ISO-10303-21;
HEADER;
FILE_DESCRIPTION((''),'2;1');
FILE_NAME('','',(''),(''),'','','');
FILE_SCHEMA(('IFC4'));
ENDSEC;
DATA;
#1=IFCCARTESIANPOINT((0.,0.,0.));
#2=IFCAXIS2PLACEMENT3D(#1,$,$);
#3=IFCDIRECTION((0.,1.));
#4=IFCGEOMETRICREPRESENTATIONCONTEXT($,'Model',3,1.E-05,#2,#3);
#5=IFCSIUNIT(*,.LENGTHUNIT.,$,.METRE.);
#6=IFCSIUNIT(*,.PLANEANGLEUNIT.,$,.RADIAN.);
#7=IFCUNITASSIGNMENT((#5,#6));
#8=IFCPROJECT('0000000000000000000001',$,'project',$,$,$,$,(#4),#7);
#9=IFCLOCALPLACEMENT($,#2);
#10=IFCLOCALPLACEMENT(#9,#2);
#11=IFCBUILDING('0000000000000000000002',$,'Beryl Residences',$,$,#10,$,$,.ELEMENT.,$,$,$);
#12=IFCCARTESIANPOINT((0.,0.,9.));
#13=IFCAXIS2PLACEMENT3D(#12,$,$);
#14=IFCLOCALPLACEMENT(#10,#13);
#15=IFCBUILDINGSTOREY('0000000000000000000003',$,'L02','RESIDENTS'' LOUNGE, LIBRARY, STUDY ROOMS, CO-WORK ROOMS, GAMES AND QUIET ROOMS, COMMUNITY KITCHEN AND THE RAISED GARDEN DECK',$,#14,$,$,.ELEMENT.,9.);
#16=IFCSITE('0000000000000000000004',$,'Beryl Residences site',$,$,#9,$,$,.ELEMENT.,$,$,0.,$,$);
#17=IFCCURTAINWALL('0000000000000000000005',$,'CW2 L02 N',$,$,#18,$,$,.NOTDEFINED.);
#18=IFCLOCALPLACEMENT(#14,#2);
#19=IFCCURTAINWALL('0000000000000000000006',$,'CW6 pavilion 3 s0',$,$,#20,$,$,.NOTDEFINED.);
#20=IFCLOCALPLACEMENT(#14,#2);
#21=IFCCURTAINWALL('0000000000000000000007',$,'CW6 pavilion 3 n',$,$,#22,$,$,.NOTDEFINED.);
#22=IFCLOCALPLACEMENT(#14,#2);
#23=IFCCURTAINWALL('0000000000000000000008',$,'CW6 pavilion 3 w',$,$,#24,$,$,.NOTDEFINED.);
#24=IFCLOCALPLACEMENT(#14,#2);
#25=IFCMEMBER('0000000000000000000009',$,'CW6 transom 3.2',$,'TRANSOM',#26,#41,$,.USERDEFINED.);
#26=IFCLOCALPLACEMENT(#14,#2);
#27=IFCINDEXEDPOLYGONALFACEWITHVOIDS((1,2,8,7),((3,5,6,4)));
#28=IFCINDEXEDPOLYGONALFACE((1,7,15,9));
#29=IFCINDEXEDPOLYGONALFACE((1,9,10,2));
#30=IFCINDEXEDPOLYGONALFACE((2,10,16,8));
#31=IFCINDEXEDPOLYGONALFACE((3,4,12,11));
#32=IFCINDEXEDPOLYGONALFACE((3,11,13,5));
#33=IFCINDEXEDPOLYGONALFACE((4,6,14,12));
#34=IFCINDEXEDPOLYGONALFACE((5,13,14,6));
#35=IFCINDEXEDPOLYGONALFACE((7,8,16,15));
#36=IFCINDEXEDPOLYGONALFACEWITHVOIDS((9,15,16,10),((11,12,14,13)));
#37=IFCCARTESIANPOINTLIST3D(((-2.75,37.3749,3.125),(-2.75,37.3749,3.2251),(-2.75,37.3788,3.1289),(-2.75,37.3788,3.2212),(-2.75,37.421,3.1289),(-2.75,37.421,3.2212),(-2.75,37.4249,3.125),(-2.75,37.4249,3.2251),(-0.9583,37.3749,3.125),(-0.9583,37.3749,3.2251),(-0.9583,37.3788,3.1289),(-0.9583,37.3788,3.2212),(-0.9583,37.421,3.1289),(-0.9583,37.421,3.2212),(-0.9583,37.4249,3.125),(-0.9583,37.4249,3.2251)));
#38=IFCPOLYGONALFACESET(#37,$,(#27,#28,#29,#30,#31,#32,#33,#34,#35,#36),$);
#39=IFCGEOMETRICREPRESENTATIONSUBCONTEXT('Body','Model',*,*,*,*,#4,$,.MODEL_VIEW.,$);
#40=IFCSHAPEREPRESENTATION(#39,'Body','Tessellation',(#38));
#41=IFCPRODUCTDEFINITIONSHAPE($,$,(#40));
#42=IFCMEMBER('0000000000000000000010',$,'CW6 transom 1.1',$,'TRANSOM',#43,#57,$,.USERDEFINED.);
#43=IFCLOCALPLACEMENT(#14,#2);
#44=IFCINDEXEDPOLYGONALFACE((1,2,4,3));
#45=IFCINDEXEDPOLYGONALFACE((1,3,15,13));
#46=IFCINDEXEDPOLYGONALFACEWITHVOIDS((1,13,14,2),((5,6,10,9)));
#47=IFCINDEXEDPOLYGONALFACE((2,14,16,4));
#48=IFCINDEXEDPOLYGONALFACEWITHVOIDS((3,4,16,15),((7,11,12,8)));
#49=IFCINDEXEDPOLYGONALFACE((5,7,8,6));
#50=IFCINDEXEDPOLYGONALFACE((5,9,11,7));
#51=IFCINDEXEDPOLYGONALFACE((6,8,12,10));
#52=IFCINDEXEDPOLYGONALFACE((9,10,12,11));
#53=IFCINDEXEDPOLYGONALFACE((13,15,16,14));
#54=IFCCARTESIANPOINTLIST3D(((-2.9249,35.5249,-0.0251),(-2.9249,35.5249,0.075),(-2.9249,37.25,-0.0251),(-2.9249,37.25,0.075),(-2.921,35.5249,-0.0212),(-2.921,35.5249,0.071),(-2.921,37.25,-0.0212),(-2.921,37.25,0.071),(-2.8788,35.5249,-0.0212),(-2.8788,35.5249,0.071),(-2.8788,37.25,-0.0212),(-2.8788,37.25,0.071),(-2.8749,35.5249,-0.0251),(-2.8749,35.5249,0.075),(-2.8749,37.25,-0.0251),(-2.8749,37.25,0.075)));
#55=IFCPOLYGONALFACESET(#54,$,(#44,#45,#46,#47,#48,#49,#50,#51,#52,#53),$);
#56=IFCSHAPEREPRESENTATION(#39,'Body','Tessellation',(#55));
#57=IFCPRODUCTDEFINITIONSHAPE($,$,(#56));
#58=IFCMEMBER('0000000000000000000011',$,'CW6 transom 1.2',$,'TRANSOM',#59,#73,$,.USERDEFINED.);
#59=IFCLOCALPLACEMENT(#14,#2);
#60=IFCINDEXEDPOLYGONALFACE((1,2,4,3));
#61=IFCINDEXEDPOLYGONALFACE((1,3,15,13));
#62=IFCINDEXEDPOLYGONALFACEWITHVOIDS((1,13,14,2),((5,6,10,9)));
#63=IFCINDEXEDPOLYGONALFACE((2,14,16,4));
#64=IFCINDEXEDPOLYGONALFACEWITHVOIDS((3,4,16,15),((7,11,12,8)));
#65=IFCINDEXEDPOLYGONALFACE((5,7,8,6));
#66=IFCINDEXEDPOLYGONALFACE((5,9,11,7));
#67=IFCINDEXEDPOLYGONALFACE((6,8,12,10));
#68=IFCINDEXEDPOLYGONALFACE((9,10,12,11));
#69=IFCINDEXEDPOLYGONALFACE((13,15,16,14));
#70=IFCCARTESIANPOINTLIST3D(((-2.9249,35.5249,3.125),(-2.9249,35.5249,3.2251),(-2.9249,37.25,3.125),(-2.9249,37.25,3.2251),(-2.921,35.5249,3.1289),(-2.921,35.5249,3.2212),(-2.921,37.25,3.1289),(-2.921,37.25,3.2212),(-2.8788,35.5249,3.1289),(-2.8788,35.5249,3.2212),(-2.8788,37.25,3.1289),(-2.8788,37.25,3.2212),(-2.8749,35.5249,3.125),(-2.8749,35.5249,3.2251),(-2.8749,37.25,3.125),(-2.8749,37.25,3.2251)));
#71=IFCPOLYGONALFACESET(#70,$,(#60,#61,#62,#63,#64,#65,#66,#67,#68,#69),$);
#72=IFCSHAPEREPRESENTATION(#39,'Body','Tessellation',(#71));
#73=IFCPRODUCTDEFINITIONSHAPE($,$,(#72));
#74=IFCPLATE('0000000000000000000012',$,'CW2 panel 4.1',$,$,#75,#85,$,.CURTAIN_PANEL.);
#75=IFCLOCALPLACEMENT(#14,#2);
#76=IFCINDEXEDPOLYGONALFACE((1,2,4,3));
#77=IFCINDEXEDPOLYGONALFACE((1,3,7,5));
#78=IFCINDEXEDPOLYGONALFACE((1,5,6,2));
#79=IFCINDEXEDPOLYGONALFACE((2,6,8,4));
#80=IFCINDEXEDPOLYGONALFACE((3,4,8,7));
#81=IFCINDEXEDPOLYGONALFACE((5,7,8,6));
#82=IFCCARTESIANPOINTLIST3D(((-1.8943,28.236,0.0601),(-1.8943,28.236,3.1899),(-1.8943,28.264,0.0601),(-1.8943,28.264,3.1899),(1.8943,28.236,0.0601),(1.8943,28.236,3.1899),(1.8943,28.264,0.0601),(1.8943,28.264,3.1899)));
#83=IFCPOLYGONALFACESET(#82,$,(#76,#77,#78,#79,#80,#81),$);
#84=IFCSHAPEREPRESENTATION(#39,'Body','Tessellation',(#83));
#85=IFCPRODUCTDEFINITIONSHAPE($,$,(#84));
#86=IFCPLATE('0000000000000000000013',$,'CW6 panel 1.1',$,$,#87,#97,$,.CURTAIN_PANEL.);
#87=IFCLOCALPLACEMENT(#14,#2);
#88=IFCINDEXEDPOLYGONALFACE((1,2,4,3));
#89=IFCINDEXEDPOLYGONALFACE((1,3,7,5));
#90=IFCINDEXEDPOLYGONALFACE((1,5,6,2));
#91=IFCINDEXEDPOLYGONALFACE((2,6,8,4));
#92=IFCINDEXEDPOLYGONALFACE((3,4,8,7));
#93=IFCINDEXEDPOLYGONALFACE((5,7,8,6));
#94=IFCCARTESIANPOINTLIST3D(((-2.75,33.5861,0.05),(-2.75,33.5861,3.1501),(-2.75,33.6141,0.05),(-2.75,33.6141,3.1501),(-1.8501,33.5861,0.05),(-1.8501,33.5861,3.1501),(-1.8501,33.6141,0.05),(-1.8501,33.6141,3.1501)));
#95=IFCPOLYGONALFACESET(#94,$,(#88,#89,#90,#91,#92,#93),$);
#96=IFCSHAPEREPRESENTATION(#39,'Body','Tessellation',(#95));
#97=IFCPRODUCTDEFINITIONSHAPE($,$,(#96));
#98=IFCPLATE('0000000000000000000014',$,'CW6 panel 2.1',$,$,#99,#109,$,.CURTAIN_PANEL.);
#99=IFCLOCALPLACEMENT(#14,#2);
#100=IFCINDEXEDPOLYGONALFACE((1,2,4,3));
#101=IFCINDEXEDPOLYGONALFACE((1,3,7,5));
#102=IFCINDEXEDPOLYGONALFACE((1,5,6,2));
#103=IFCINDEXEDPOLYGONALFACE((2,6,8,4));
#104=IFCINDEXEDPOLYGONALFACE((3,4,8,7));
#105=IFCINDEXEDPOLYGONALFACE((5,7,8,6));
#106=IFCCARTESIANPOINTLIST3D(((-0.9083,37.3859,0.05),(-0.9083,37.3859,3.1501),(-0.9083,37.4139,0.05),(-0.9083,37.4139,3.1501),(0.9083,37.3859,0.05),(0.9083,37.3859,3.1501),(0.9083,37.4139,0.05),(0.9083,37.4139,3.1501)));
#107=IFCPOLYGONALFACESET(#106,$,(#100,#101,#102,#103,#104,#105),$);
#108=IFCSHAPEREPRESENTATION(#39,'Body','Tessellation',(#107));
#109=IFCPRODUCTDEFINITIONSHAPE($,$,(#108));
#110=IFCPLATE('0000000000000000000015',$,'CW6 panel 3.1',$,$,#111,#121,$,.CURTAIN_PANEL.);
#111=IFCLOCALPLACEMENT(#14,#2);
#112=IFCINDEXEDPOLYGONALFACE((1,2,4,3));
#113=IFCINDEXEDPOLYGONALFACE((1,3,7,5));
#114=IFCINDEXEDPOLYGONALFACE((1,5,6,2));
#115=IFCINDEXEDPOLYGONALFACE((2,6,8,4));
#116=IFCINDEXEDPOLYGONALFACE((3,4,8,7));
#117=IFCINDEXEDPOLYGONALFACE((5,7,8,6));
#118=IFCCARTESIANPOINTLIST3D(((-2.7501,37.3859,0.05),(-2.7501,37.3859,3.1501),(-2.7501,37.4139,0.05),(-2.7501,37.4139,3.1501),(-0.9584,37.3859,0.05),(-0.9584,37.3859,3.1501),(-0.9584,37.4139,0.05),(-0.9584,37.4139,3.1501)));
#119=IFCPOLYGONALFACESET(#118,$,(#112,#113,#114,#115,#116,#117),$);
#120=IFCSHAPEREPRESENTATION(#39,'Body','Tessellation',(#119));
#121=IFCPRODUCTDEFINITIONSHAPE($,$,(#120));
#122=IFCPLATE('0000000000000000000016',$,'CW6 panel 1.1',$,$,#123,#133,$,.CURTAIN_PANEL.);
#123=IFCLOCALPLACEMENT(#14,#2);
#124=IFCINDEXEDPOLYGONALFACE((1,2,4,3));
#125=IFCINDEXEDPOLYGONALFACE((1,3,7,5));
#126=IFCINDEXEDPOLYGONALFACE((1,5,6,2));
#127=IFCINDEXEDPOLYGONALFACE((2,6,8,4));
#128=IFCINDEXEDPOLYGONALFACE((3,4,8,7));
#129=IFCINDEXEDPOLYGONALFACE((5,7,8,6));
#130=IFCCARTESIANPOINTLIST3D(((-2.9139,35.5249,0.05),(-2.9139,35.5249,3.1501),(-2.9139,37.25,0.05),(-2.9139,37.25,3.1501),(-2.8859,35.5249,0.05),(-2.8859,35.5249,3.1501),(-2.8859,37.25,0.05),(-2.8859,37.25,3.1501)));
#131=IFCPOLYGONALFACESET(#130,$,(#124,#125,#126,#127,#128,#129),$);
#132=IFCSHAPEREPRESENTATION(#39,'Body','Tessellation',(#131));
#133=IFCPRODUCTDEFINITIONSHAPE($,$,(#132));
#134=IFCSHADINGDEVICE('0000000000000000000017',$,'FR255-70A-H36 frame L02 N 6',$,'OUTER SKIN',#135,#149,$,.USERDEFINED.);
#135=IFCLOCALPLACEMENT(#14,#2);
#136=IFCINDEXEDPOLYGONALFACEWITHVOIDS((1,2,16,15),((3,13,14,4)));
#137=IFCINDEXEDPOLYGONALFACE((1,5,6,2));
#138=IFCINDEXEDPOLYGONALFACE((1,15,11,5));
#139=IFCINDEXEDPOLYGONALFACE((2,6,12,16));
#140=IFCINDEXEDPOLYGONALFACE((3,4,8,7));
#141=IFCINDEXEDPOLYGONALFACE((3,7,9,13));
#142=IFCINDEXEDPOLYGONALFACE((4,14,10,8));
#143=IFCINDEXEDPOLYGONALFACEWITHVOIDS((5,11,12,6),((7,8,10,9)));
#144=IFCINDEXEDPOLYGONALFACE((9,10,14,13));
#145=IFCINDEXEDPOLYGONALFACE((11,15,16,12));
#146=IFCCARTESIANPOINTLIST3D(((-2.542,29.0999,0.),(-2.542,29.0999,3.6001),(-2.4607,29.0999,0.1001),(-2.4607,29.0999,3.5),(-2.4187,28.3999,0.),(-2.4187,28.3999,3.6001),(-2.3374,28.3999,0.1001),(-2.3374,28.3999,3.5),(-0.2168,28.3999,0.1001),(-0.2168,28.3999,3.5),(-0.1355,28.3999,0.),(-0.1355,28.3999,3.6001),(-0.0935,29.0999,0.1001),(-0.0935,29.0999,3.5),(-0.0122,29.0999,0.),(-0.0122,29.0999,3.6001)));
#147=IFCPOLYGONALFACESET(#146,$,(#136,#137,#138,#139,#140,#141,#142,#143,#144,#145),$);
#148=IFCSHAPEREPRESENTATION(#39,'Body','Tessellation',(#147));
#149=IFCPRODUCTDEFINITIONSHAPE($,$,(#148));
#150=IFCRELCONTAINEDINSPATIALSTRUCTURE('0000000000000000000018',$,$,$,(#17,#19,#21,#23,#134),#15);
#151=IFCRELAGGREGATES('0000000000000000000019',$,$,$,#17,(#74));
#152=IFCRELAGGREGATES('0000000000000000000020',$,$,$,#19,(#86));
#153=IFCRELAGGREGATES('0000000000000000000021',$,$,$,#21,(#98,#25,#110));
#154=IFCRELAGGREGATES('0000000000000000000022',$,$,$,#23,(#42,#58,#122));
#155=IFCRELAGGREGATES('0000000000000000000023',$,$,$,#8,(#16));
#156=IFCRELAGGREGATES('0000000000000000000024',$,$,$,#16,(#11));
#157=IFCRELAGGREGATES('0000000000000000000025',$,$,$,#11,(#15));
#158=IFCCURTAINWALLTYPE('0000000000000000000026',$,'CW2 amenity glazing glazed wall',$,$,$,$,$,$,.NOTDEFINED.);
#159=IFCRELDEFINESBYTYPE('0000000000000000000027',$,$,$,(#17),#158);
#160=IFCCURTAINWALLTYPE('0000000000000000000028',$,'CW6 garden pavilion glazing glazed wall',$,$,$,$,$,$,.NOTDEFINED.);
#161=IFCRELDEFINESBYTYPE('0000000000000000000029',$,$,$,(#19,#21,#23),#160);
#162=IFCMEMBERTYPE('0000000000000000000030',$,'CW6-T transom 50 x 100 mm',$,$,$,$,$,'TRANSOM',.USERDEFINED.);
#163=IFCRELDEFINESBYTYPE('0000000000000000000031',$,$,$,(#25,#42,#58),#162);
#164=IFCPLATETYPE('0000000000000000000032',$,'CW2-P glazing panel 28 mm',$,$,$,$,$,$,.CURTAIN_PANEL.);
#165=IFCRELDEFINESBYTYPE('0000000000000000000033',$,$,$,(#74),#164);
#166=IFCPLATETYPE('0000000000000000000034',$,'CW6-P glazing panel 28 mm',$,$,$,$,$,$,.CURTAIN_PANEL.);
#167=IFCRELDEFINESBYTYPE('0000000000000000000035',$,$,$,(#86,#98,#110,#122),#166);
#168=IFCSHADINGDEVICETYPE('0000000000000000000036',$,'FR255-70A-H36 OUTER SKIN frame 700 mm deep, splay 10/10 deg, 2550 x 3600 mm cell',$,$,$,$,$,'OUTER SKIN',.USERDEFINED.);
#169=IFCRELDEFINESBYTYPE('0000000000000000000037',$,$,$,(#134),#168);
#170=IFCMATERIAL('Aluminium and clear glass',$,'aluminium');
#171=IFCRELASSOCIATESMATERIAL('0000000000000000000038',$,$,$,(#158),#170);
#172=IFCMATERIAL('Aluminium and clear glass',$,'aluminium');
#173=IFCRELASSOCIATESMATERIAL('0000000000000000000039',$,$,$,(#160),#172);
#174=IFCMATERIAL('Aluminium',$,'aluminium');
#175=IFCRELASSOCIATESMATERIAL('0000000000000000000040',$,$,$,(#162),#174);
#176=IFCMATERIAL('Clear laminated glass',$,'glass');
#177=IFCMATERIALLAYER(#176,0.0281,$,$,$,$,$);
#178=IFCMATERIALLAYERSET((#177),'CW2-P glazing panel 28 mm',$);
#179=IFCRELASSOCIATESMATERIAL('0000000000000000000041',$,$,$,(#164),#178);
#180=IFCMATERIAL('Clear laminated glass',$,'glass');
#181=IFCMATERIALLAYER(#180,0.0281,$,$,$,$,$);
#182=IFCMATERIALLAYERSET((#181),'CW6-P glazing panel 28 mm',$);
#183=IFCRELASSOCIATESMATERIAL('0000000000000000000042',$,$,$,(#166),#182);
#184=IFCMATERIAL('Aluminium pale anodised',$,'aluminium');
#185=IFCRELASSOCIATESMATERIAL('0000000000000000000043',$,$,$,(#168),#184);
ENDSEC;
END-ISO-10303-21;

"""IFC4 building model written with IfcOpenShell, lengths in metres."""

from ifc_helpers import new_model, entity, si_unit, direction, frame, origin, origin_2d, place, context, subcontext, project, spatial, rectangle, hollow_rectangle, extrude, source, transform, mapped, material, layer, layer_set, material_profile, profile_set, type_object, type_shapes, element, aggregate, save


model = new_model("IFC4")

# Units and contexts
model_context = context("Model", 3, precision=1e-05, world=origin(), true_north=direction((0.0, 1.0)))
body_context = subcontext(model_context, "Body", "Model", "MODEL_VIEW")
ifc_project = project(units=[si_unit("LENGTHUNIT", "METRE"), si_unit("PLANEANGLEUNIT", "RADIAN")], contexts=[model_context])

# Site, building, storey
site_placement = place(None, origin())
site = spatial("IfcSite", under=ifc_project, at=site_placement, Name="Beryl Residences site", CompositionType="ELEMENT", RefElevation=0.0)
building_placement = place(site_placement, origin())
building = spatial("IfcBuilding", under=site, at=building_placement, Name="Beryl Residences", CompositionType="ELEMENT")
storey_placement = place(building_placement, frame((0.0, 0.0, 9.0)))
storey = spatial("IfcBuildingStorey", under=building, at=storey_placement, Name="L02", Description="RESIDENTS' LOUNGE, LIBRARY, STUDY ROOMS, CO-WORK ROOMS, GAMES AND QUIET ROOMS, COMMUNITY KITCHEN AND THE RAISED GARDEN DECK", CompositionType="ELEMENT", Elevation=9.0)

# Curtain walls
ifc_material_1 = material(Name="Aluminium and clear glass", Category="aluminium")
curtain_wall_type_1 = type_object("IfcCurtainWallType", Name="CW2 amenity glazing glazed wall", PredefinedType="NOTDEFINED", material=ifc_material_1)
curtain_wall_1_placement = place(storey_placement, origin())
curtain_wall_1 = element("IfcCurtainWall", 1, at=curtain_wall_1_placement, inside=storey, type_object=curtain_wall_type_1, Name="CW2 L02 N", PredefinedType="NOTDEFINED")
ifc_material_2 = material(Name="Aluminium and clear glass", Category="aluminium")
curtain_wall_type_2 = type_object("IfcCurtainWallType", Name="CW6 garden pavilion glazing glazed wall", PredefinedType="NOTDEFINED", material=ifc_material_2)
curtain_wall_2_placement = place(storey_placement, origin())
curtain_wall_2 = element("IfcCurtainWall", 2, at=curtain_wall_2_placement, inside=storey, type_object=curtain_wall_type_2, Name="CW6 pavilion 3 s0", PredefinedType="NOTDEFINED")
curtain_wall_3_placement = place(storey_placement, origin())
curtain_wall_3 = element("IfcCurtainWall", 3, at=curtain_wall_3_placement, inside=storey, type_object=curtain_wall_type_2, Name="CW6 pavilion 3 n", PredefinedType="NOTDEFINED")

# Curtain wall
curtain_wall_4_placement = place(storey_placement, origin())
curtain_wall_4 = element("IfcCurtainWall", 4, at=curtain_wall_4_placement, inside=storey, type_object=curtain_wall_type_2, Name="CW6 pavilion 3 w", PredefinedType="NOTDEFINED")

# Members
ifc_material_3 = material(Name="Aluminium", Category="aluminium")
ifc_material_profile_1 = material_profile(ifc_material_3, hollow_rectangle(XDim=0.05, YDim=0.1001, WallThickness=0.0039, at=origin_2d()))
ifc_profile_set_1 = profile_set([ifc_material_profile_1], Name="Aluminium")
member_type_1 = type_object("IfcMemberType", Name="CW6-T transom 50 x 100 mm", ElementType="TRANSOM", PredefinedType="USERDEFINED", material=ifc_profile_set_1)
member_1_placement = place(storey_placement, frame((-0.9583, 37.3999, 3.175), z_axis=(-1.0, 0.0, 0.0), x_axis=(0.0, -1.0, 0.0)))
member_1 = element("IfcMember", 5, at=member_1_placement, type_object=member_type_1, Name="CW6 transom 3.2", ObjectType="TRANSOM", PredefinedType="USERDEFINED", context=body_context, shape_type="SweptSolid", body=[
    extrude(hollow_rectangle(XDim=0.05, YDim=0.1001, WallThickness=0.0039, at=origin_2d()), origin(), (0.0, 0.0, 1.0), 1.7917),
])
member_2_placement = place(storey_placement, frame((-2.8999, 37.25, 0.0249), z_axis=(0.0, -1.0, 0.0), x_axis=(1.0, 0.0, 0.0)))
member_2 = element("IfcMember", 6, at=member_2_placement, type_object=member_type_1, Name="CW6 transom 1.1", ObjectType="TRANSOM", PredefinedType="USERDEFINED", context=body_context, shape_type="SweptSolid", body=[
    extrude(hollow_rectangle(XDim=0.05, YDim=0.1001, WallThickness=0.0039, at=origin_2d()), origin(), (0.0, 0.0, 1.0), 1.7251),
])
member_3_placement = place(storey_placement, frame((-2.8999, 37.25, 3.175), z_axis=(0.0, -1.0, 0.0), x_axis=(1.0, 0.0, 0.0)))
member_3 = element("IfcMember", 7, at=member_3_placement, type_object=member_type_1, Name="CW6 transom 1.2", ObjectType="TRANSOM", PredefinedType="USERDEFINED", context=body_context, shape_type="SweptSolid", body=[
    extrude(hollow_rectangle(XDim=0.05, YDim=0.1001, WallThickness=0.0039, at=origin_2d()), origin(), (0.0, 0.0, 1.0), 1.7251),
])

# Plates
ifc_material_4 = material(Name="Clear laminated glass", Category="glass")
ifc_layer_1 = layer(ifc_material_4, 0.0281)
ifc_layer_set_1 = layer_set([ifc_layer_1], Name="CW2-P glazing panel 28 mm")
plate_type_1 = type_object("IfcPlateType", Name="CW2-P glazing panel 28 mm", PredefinedType="CURTAIN_PANEL", material=ifc_layer_set_1)
plate_1_placement = place(storey_placement, frame((0.0, 28.25, 0.0601), z_axis=(0.0, 0.0, 1.0), x_axis=(-1.0, 0.0, 0.0)))
plate_1 = element("IfcPlate", 8, at=plate_1_placement, type_object=plate_type_1, Name="CW2 panel 4.1", PredefinedType="CURTAIN_PANEL", context=body_context, shape_type="SweptSolid", body=[
    extrude(rectangle(XDim=3.7886, YDim=0.0281, at=origin_2d()), origin(), (0.0, 0.0, 1.0), 3.1299),
])
aggregate(curtain_wall_1, [plate_1])
ifc_material_5 = material(Name="Clear laminated glass", Category="glass")
ifc_layer_2 = layer(ifc_material_5, 0.0281)
ifc_layer_set_2 = layer_set([ifc_layer_2], Name="CW6-P glazing panel 28 mm")
plate_type_2 = type_object("IfcPlateType", Name="CW6-P glazing panel 28 mm", PredefinedType="CURTAIN_PANEL", material=ifc_layer_set_2)
plate_2_placement = place(storey_placement, frame((-2.3, 33.6001, 0.05), z_axis=(0.0, 0.0, 1.0), x_axis=(1.0, 0.0, 0.0)))
plate_2 = element("IfcPlate", 9, at=plate_2_placement, type_object=plate_type_2, Name="CW6 panel 1.1", PredefinedType="CURTAIN_PANEL", context=body_context, shape_type="SweptSolid", body=[
    extrude(rectangle(XDim=0.8999, YDim=0.0281, at=origin_2d()), origin(), (0.0, 0.0, 1.0), 3.1001),
])
aggregate(curtain_wall_2, [plate_2])
plate_3_placement = place(storey_placement, frame((0.0, 37.3999, 0.05), z_axis=(0.0, 0.0, 1.0), x_axis=(-1.0, 0.0, 0.0)))
plate_3 = element("IfcPlate", 10, at=plate_3_placement, type_object=plate_type_2, Name="CW6 panel 2.1", PredefinedType="CURTAIN_PANEL", context=body_context, shape_type="SweptSolid", body=[
    extrude(rectangle(XDim=1.8167, YDim=0.0281, at=origin_2d()), origin(), (0.0, 0.0, 1.0), 3.1001),
])
plate_4_placement = place(storey_placement, frame((-1.8542, 37.3999, 0.05), z_axis=(0.0, 0.0, 1.0), x_axis=(-1.0, 0.0, 0.0)))
plate_4 = element("IfcPlate", 11, at=plate_4_placement, type_object=plate_type_2, Name="CW6 panel 3.1", PredefinedType="CURTAIN_PANEL", context=body_context, shape_type="SweptSolid", body=[
    extrude(rectangle(XDim=1.7917, YDim=0.0281, at=origin_2d()), origin(), (0.0, 0.0, 1.0), 3.1001),
])
aggregate(curtain_wall_3, [plate_3, member_1, plate_4])
plate_5_placement = place(storey_placement, frame((-2.8999, 36.3875, 0.05), z_axis=(0.0, 0.0, 1.0), x_axis=(0.0, -1.0, 0.0)))
plate_5 = element("IfcPlate", 12, at=plate_5_placement, type_object=plate_type_2, Name="CW6 panel 1.1", PredefinedType="CURTAIN_PANEL", context=body_context, shape_type="SweptSolid", body=[
    extrude(rectangle(XDim=1.7251, YDim=0.0281, at=origin_2d()), origin(), (0.0, 0.0, 1.0), 3.1001),
])
aggregate(curtain_wall_4, [member_2, member_3, plate_5])

# Shading device
ifc_material_6 = material(Name="Aluminium pale anodised", Category="aluminium")
shading_device_type = type_object("IfcShadingDeviceType", Name="FR255-70A-H36 OUTER SKIN frame 700 mm deep, splay 10/10 deg, 2550 x 3600 mm cell", ElementType="OUTER SKIN", PredefinedType="USERDEFINED", material=ifc_material_6)
cartesian_point_1 = entity("IfcCartesianPoint", [-1.1416, 0.0])
cartesian_point_2 = entity("IfcCartesianPoint", [-1.0603, 0.1001])
cartesian_point_3 = entity("IfcCartesianPoint", [-1.2649, 0.0])
cartesian_point_4 = entity("IfcCartesianPoint", [-1.1836, 0.1001])
shared_shape = source(origin(), body_context, "Body", "SweptSolid", [
    entity("IfcExtrudedAreaSolidTapered", entity("IfcArbitraryProfileDefWithVoids", "AREA", None, entity("IfcPolyline", [cartesian_point_1, entity("IfcCartesianPoint", [1.1416, 0.0]), entity("IfcCartesianPoint", [1.1416, 3.6001]), entity("IfcCartesianPoint", [-1.1416, 3.6001]), cartesian_point_1]), [entity("IfcPolyline", [cartesian_point_2, entity("IfcCartesianPoint", [1.0603, 0.1001]), entity("IfcCartesianPoint", [1.0603, 3.5]), entity("IfcCartesianPoint", [-1.0603, 3.5]), cartesian_point_2])]), entity("IfcAxis2Placement3D", entity("IfcCartesianPoint", [0.0, 0.0, 0.0]), entity("IfcDirection", [0.0, 1.0, 0.0]), entity("IfcDirection", [-1.0, 0.0, 0.0])), entity("IfcDirection", [0.0, 0.0, 1.0]), 0.7, entity("IfcArbitraryProfileDefWithVoids", "AREA", None, entity("IfcPolyline", [cartesian_point_3, entity("IfcCartesianPoint", [1.2649, 0.0]), entity("IfcCartesianPoint", [1.2649, 3.6001]), entity("IfcCartesianPoint", [-1.2649, 3.6001]), cartesian_point_3]), [entity("IfcPolyline", [cartesian_point_4, entity("IfcCartesianPoint", [1.1836, 0.1001]), entity("IfcCartesianPoint", [1.1836, 3.5]), entity("IfcCartesianPoint", [-1.1836, 3.5]), cartesian_point_4])])),
])
type_shapes(shading_device_type, [shared_shape])
shading_device_placement = place(storey_placement, frame((-1.2771, 28.3999, 0.0), z_axis=(0.0, 0.0, 1.0), x_axis=(1.0, 0.0, 0.0)))
element("IfcShadingDevice", 13, at=shading_device_placement, inside=storey, type_object=shading_device_type, Name="FR255-70A-H36 frame L02 N 6", ObjectType="OUTER SKIN", PredefinedType="USERDEFINED", context=body_context, shape_type="MappedRepresentation", body=[
    mapped(shared_shape, transform((0.0, 0.0, 0.0))),
])

save(model, "model.ifc")
